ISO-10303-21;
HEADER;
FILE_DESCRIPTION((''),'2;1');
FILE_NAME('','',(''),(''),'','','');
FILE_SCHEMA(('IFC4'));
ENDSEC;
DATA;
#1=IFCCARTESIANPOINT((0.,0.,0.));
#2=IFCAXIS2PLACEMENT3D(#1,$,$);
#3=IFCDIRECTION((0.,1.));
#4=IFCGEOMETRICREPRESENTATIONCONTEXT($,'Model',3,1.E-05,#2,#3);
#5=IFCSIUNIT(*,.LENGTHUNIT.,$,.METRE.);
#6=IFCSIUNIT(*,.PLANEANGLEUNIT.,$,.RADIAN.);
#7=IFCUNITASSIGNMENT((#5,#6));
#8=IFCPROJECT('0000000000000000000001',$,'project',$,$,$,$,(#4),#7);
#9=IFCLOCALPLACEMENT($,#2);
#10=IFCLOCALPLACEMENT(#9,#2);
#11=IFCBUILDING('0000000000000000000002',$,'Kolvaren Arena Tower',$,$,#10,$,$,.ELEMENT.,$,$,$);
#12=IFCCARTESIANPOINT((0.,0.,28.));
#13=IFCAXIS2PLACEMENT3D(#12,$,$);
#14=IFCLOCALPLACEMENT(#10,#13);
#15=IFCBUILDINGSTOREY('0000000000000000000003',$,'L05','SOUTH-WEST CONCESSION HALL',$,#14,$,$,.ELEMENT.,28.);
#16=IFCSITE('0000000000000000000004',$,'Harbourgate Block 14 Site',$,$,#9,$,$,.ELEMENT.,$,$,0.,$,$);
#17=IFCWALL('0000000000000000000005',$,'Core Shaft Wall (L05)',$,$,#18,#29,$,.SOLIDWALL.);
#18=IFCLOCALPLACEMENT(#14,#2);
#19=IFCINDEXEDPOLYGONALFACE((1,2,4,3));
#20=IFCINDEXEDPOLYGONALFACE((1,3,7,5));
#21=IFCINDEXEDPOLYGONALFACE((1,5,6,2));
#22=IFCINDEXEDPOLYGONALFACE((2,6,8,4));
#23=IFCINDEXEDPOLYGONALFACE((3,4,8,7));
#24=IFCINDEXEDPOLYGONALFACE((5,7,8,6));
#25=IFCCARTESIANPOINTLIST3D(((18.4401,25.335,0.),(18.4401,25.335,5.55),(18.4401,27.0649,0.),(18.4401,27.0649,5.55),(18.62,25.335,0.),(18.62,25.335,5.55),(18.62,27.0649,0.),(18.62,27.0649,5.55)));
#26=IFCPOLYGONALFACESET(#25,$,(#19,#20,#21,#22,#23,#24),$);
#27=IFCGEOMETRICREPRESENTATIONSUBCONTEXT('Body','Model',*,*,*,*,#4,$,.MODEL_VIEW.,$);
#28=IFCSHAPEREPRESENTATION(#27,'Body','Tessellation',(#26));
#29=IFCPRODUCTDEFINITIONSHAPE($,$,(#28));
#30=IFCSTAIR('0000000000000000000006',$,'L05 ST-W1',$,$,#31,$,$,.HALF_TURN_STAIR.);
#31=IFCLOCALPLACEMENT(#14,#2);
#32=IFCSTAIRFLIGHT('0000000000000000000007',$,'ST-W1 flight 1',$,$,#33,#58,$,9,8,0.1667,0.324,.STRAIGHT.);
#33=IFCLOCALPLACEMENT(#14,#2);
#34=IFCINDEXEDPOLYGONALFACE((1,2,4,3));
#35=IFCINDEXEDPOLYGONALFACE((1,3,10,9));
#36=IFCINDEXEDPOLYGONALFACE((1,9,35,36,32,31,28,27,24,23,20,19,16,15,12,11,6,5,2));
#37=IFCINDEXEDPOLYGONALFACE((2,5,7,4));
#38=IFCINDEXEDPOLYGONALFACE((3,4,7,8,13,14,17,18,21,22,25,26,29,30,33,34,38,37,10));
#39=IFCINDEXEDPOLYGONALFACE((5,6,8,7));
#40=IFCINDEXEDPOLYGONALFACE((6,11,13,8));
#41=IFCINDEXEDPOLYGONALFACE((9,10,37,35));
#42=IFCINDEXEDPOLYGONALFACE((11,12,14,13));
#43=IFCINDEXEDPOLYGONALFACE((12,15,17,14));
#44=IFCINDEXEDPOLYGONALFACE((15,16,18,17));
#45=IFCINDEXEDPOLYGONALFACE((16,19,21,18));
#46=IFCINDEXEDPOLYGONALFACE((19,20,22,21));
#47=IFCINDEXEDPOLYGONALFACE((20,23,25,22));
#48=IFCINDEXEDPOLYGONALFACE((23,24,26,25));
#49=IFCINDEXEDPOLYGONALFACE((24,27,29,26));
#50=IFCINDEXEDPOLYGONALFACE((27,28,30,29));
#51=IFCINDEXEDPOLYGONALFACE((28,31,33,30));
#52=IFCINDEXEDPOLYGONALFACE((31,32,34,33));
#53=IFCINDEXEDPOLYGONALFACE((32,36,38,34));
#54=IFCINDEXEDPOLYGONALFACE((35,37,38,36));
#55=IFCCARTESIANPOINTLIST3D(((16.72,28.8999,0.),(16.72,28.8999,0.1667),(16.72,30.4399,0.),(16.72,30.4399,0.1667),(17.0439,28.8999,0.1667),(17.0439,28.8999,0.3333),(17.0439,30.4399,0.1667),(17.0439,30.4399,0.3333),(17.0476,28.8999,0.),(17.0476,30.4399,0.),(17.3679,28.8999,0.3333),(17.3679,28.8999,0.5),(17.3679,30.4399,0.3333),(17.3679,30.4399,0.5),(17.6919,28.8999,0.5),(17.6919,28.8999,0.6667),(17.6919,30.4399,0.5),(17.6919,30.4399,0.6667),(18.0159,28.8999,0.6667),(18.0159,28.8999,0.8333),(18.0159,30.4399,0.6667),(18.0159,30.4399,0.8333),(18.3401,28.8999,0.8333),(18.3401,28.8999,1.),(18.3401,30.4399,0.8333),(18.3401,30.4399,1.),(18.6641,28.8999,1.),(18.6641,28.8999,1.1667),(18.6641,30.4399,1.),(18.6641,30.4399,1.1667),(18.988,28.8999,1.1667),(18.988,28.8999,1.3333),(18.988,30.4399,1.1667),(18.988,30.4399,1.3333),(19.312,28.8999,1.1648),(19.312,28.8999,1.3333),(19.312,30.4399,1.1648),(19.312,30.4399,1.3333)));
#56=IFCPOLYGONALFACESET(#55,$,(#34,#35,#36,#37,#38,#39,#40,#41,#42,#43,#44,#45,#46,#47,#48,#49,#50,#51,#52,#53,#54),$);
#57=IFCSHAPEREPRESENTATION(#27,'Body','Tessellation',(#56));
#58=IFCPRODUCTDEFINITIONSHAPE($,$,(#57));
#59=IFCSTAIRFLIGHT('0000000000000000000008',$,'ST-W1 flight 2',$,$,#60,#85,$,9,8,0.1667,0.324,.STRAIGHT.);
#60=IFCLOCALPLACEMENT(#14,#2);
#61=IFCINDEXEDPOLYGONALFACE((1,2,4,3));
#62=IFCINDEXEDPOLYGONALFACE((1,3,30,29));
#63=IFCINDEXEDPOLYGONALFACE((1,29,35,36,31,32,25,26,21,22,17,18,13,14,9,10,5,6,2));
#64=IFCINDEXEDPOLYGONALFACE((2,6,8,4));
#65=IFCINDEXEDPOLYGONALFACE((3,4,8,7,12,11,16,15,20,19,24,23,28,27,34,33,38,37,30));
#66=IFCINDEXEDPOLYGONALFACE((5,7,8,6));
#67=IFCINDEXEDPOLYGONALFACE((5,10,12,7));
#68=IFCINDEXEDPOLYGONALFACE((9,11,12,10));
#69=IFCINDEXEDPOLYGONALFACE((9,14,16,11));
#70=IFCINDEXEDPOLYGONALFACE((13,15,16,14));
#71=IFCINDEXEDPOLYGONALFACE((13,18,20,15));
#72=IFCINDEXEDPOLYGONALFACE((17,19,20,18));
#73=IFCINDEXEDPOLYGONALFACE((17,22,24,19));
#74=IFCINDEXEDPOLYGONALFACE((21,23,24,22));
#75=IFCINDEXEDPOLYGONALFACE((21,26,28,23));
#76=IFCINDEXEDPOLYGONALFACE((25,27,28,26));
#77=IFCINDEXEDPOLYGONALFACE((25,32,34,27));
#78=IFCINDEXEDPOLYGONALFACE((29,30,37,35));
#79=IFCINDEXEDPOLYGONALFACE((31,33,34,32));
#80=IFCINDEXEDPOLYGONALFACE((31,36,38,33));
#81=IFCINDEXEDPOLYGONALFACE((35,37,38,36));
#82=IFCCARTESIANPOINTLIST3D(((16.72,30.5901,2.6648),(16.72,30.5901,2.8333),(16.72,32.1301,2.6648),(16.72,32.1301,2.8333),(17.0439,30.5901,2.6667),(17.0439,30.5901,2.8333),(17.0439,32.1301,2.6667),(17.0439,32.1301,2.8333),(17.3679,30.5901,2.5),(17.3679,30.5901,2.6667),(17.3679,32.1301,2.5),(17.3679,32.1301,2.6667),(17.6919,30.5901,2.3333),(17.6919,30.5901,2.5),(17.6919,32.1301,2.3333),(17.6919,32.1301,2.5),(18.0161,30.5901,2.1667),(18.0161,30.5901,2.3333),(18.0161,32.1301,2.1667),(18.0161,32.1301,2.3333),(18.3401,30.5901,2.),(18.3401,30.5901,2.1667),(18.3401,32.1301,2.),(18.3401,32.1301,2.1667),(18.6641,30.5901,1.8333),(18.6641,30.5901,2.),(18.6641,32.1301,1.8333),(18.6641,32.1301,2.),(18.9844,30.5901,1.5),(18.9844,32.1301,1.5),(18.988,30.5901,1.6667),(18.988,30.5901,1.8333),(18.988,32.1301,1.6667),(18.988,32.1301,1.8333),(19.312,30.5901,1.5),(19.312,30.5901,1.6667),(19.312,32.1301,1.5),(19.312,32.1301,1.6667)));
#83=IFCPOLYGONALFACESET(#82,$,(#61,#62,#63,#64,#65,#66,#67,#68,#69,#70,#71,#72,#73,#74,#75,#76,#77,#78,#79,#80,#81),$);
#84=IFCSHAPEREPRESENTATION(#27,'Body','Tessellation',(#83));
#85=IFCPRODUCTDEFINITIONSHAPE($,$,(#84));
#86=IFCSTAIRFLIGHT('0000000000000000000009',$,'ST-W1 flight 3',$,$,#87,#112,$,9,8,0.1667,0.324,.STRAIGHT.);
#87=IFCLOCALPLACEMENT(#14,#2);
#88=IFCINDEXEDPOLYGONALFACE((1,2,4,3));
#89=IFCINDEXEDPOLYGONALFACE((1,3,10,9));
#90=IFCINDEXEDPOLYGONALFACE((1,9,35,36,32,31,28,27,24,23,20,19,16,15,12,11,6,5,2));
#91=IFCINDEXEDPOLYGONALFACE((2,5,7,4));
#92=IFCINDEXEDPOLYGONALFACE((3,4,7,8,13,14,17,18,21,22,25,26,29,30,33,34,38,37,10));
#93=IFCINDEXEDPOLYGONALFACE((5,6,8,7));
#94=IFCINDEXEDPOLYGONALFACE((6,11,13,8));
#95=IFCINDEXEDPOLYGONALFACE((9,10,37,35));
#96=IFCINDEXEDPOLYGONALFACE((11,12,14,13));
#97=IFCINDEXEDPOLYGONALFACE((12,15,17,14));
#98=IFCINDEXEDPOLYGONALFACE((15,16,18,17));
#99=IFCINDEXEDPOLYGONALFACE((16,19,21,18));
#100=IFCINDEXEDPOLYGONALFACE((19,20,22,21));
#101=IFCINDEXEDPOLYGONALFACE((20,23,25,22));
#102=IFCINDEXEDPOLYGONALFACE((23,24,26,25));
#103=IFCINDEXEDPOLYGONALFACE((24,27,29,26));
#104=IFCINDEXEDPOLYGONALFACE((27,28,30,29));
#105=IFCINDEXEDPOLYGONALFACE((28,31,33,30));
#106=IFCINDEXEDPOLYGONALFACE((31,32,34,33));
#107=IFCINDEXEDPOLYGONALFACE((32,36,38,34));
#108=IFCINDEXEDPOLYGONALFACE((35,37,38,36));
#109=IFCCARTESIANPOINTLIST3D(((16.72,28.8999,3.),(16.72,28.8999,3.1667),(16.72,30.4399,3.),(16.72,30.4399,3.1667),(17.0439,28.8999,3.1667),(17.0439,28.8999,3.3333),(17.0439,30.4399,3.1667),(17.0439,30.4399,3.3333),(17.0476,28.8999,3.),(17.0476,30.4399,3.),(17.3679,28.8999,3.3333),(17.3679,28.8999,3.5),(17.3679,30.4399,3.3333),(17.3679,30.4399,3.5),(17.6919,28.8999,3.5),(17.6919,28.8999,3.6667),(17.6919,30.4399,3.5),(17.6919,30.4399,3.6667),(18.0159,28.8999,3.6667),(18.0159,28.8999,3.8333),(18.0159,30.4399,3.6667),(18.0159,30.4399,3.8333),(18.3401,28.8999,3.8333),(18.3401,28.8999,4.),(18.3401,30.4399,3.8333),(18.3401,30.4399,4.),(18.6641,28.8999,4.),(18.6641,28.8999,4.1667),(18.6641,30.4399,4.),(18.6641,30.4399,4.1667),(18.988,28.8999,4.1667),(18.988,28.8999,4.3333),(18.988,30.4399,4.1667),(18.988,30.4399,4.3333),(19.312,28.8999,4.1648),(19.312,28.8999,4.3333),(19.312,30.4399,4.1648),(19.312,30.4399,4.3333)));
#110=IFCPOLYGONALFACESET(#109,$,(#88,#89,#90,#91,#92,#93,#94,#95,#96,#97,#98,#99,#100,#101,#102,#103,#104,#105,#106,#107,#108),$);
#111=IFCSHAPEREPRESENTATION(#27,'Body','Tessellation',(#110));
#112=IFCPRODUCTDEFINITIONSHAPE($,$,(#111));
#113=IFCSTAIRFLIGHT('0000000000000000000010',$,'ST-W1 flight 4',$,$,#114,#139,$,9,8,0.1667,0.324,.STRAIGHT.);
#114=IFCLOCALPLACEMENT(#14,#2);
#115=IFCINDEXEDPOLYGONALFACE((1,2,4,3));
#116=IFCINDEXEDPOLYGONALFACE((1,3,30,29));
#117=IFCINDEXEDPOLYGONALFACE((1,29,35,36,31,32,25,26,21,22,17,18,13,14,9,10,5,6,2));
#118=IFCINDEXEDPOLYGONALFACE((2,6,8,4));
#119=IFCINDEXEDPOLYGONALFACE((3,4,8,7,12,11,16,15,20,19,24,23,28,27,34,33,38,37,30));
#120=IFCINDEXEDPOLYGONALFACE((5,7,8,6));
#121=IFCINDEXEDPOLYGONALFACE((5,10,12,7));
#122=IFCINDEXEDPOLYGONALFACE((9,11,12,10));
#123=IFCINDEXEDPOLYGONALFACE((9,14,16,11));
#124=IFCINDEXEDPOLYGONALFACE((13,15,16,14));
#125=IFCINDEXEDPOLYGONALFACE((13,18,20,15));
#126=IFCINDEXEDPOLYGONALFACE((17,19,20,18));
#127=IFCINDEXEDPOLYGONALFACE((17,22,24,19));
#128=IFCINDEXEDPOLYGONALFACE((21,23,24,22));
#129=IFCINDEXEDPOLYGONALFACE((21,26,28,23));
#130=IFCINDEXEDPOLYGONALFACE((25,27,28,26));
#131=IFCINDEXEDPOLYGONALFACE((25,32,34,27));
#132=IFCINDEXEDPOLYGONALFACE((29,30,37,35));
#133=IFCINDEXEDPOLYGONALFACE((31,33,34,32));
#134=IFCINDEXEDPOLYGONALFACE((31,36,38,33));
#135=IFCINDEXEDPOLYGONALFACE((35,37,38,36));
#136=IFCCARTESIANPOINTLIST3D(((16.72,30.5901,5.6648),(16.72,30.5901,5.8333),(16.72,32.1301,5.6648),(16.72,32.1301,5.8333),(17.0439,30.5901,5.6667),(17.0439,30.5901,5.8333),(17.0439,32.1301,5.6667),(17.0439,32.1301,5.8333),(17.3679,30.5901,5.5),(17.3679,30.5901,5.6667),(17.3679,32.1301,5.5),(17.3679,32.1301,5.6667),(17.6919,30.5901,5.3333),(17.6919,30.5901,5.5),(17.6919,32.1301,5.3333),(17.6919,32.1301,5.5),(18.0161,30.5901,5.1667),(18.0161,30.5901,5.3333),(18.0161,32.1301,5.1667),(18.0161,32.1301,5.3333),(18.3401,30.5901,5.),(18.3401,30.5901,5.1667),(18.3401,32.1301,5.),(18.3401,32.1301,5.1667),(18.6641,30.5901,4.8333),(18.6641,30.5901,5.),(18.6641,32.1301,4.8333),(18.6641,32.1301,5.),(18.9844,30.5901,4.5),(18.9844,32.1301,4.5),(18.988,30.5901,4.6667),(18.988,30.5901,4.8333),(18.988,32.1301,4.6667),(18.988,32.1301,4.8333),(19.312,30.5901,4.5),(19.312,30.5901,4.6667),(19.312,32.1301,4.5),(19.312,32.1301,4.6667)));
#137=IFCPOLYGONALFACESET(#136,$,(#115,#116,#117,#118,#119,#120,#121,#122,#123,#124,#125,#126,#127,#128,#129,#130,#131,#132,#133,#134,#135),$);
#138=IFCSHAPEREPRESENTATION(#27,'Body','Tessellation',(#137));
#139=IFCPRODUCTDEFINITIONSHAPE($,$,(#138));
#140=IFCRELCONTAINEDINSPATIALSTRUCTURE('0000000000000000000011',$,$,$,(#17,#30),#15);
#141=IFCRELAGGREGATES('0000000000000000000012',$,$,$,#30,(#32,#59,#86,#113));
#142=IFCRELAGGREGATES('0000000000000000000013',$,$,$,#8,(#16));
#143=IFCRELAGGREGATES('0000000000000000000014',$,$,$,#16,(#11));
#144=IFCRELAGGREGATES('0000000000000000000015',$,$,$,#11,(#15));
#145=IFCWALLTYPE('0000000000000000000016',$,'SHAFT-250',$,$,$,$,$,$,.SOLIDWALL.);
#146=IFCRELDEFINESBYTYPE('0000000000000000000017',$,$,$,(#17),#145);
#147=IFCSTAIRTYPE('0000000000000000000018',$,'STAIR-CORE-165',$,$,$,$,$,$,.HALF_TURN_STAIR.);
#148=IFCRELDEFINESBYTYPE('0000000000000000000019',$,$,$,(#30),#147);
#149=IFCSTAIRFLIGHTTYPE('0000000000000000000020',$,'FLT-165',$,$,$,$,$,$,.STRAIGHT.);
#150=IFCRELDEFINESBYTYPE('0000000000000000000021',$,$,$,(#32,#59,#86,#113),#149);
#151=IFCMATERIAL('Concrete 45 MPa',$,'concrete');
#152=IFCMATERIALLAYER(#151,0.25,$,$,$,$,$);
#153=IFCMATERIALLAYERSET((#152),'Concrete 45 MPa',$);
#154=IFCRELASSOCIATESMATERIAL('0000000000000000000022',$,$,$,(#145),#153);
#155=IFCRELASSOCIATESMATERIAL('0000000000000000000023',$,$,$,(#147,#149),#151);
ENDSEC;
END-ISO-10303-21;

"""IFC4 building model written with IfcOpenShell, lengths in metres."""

from ifc_helpers import new_model, si_unit, direction, frame, frame_2d, origin, place, context, subcontext, project, spatial, polyline, rectangle, outline, extrude, material, layer, layer_set, type_object, element, aggregate, save


model = new_model("IFC4")

# Units and contexts
model_context = context("Model", 3, precision=1e-05, world=origin(), true_north=direction((0.0, 1.0)))
body_context = subcontext(model_context, "Body", "Model", "MODEL_VIEW")
ifc_project = project(units=[si_unit("LENGTHUNIT", "METRE"), si_unit("PLANEANGLEUNIT", "RADIAN")], contexts=[model_context])

# Site, building, storey
site_placement = place(None, origin())
site = spatial("IfcSite", under=ifc_project, at=site_placement, Name="Harbourgate Block 14 Site", CompositionType="ELEMENT", RefElevation=0.0)
building_placement = place(site_placement, origin())
building = spatial("IfcBuilding", under=site, at=building_placement, Name="Kolvaren Arena Tower", CompositionType="ELEMENT")
storey_placement = place(building_placement, frame((0.0, 0.0, 28.0)))
storey = spatial("IfcBuildingStorey", under=building, at=storey_placement, Name="L05", Description="SOUTH-WEST CONCESSION HALL", CompositionType="ELEMENT", Elevation=28.0)

# Shared definitions
ifc_material_1 = material(Name="Concrete 45 MPa", Category="concrete")
ifc_layer = layer(ifc_material_1, 0.25)
ifc_layer_set = layer_set([ifc_layer], Name="Concrete 45 MPa")
wall_type = type_object("IfcWallType", Name="SHAFT-250", PredefinedType="SOLIDWALL", material=ifc_layer_set)

# Wall
wall_1_placement = place(storey_placement, frame((18.53, 25.335, 0.0), z_axis=(0.0, 0.0, 1.0), x_axis=(0.0, 1.0, 0.0)))
element("IfcWall", 1, at=wall_1_placement, inside=storey, type_object=wall_type, Name="Core Shaft Wall (L05)", PredefinedType="SOLIDWALL", context=body_context, shape_type="SweptSolid", body=[
    extrude(rectangle(XDim=1.73, YDim=0.1799, at=frame_2d((0.865, 0.0))), origin(), (0.0, 0.0, 1.0), 5.55),
])

# Stair, stair flights
stair_type = type_object("IfcStairType", Name="STAIR-CORE-165", PredefinedType="HALF_TURN_STAIR", material=ifc_material_1)
stair_placement = place(storey_placement, origin())
stair = element("IfcStair", 2, at=stair_placement, inside=storey, type_object=stair_type, Name="L05 ST-W1", PredefinedType="HALF_TURN_STAIR")
stair_flight_type = type_object("IfcStairFlightType", Name="FLT-165", PredefinedType="STRAIGHT", material=ifc_material_1)
stair_flight_1_placement = place(storey_placement, frame((16.72, 29.6699, 0.0), z_axis=(0.0, 0.0, 1.0), x_axis=(1.0, 0.0, 0.0)))
stair_flight_1 = element("IfcStairFlight", 3, at=stair_flight_1_placement, type_object=stair_flight_type, Name="ST-W1 flight 1", NumberOfRisers=9, NumberOfTreads=8, PredefinedType="STRAIGHT", RiserHeight=0.1667, TreadLength=0.324, context=body_context, shape_type="SweptSolid", body=[
    extrude(outline(polyline([(0.0, 0.0), (0.0, 0.1667), (0.324, 0.1667), (0.324, 0.3333), (0.6479, 0.3333), (0.6479, 0.5), (0.9719, 0.5), (0.9719, 0.6667), (1.2959, 0.6667), (1.2959, 0.8333), (1.6201, 0.8333), (1.6201, 1.0), (1.9441, 1.0), (1.9441, 1.1667), (2.2681, 1.1667), (2.2681, 1.3333), (2.592, 1.3333), (2.592, 1.5), (2.592, 1.1648), (0.3276, 0.0), (0.0, 0.0)])), frame((0.0, 0.77, 0.0), z_axis=(0.0, -1.0, 0.0), x_axis=(1.0, 0.0, 0.0)), (0.0, 0.0, 1.0), 1.54),
])
stair_flight_2_placement = place(storey_placement, frame((19.312, 31.3601, 1.5), z_axis=(0.0, 0.0, 1.0), x_axis=(-1.0, 0.0, 0.0)))
stair_flight_2 = element("IfcStairFlight", 4, at=stair_flight_2_placement, type_object=stair_flight_type, Name="ST-W1 flight 2", NumberOfRisers=9, NumberOfTreads=8, PredefinedType="STRAIGHT", RiserHeight=0.1667, TreadLength=0.324, context=body_context, shape_type="SweptSolid", body=[
    extrude(outline(polyline([(0.0, 0.0), (0.0, 0.1667), (0.324, 0.1667), (0.324, 0.3333), (0.6479, 0.3333), (0.6479, 0.5), (0.9719, 0.5), (0.9719, 0.6667), (1.2959, 0.6667), (1.2959, 0.8333), (1.6201, 0.8333), (1.6201, 1.0), (1.9441, 1.0), (1.9441, 1.1667), (2.2681, 1.1667), (2.2681, 1.3333), (2.592, 1.3333), (2.592, 1.5), (2.592, 1.1648), (0.3276, 0.0), (0.0, 0.0)])), frame((0.0, 0.77, 0.0), z_axis=(0.0, -1.0, 0.0), x_axis=(1.0, 0.0, 0.0)), (0.0, 0.0, 1.0), 1.54),
])
stair_flight_3_placement = place(storey_placement, frame((16.72, 29.6699, 3.0), z_axis=(0.0, 0.0, 1.0), x_axis=(1.0, 0.0, 0.0)))
stair_flight_3 = element("IfcStairFlight", 5, at=stair_flight_3_placement, type_object=stair_flight_type, Name="ST-W1 flight 3", NumberOfRisers=9, NumberOfTreads=8, PredefinedType="STRAIGHT", RiserHeight=0.1667, TreadLength=0.324, context=body_context, shape_type="SweptSolid", body=[
    extrude(outline(polyline([(0.0, 0.0), (0.0, 0.1667), (0.324, 0.1667), (0.324, 0.3333), (0.6479, 0.3333), (0.6479, 0.5), (0.9719, 0.5), (0.9719, 0.6667), (1.2959, 0.6667), (1.2959, 0.8333), (1.6201, 0.8333), (1.6201, 1.0), (1.9441, 1.0), (1.9441, 1.1667), (2.2681, 1.1667), (2.2681, 1.3333), (2.592, 1.3333), (2.592, 1.5), (2.592, 1.1648), (0.3276, 0.0), (0.0, 0.0)])), frame((0.0, 0.77, 0.0), z_axis=(0.0, -1.0, 0.0), x_axis=(1.0, 0.0, 0.0)), (0.0, 0.0, 1.0), 1.54),
])
stair_flight_4_placement = place(storey_placement, frame((19.312, 31.3601, 4.5), z_axis=(0.0, 0.0, 1.0), x_axis=(-1.0, 0.0, 0.0)))
stair_flight_4 = element("IfcStairFlight", 6, at=stair_flight_4_placement, type_object=stair_flight_type, Name="ST-W1 flight 4", NumberOfRisers=9, NumberOfTreads=8, PredefinedType="STRAIGHT", RiserHeight=0.1667, TreadLength=0.324, context=body_context, shape_type="SweptSolid", body=[
    extrude(outline(polyline([(0.0, 0.0), (0.0, 0.1667), (0.324, 0.1667), (0.324, 0.3333), (0.6479, 0.3333), (0.6479, 0.5), (0.9719, 0.5), (0.9719, 0.6667), (1.2959, 0.6667), (1.2959, 0.8333), (1.6201, 0.8333), (1.6201, 1.0), (1.9441, 1.0), (1.9441, 1.1667), (2.2681, 1.1667), (2.2681, 1.3333), (2.592, 1.3333), (2.592, 1.5), (2.592, 1.1648), (0.3276, 0.0), (0.0, 0.0)])), frame((0.0, 0.77, 0.0), z_axis=(0.0, -1.0, 0.0), x_axis=(1.0, 0.0, 0.0)), (0.0, 0.0, 1.0), 1.54),
])
aggregate(stair, [stair_flight_1, stair_flight_2, stair_flight_3, stair_flight_4])

save(model, "model.ifc")
